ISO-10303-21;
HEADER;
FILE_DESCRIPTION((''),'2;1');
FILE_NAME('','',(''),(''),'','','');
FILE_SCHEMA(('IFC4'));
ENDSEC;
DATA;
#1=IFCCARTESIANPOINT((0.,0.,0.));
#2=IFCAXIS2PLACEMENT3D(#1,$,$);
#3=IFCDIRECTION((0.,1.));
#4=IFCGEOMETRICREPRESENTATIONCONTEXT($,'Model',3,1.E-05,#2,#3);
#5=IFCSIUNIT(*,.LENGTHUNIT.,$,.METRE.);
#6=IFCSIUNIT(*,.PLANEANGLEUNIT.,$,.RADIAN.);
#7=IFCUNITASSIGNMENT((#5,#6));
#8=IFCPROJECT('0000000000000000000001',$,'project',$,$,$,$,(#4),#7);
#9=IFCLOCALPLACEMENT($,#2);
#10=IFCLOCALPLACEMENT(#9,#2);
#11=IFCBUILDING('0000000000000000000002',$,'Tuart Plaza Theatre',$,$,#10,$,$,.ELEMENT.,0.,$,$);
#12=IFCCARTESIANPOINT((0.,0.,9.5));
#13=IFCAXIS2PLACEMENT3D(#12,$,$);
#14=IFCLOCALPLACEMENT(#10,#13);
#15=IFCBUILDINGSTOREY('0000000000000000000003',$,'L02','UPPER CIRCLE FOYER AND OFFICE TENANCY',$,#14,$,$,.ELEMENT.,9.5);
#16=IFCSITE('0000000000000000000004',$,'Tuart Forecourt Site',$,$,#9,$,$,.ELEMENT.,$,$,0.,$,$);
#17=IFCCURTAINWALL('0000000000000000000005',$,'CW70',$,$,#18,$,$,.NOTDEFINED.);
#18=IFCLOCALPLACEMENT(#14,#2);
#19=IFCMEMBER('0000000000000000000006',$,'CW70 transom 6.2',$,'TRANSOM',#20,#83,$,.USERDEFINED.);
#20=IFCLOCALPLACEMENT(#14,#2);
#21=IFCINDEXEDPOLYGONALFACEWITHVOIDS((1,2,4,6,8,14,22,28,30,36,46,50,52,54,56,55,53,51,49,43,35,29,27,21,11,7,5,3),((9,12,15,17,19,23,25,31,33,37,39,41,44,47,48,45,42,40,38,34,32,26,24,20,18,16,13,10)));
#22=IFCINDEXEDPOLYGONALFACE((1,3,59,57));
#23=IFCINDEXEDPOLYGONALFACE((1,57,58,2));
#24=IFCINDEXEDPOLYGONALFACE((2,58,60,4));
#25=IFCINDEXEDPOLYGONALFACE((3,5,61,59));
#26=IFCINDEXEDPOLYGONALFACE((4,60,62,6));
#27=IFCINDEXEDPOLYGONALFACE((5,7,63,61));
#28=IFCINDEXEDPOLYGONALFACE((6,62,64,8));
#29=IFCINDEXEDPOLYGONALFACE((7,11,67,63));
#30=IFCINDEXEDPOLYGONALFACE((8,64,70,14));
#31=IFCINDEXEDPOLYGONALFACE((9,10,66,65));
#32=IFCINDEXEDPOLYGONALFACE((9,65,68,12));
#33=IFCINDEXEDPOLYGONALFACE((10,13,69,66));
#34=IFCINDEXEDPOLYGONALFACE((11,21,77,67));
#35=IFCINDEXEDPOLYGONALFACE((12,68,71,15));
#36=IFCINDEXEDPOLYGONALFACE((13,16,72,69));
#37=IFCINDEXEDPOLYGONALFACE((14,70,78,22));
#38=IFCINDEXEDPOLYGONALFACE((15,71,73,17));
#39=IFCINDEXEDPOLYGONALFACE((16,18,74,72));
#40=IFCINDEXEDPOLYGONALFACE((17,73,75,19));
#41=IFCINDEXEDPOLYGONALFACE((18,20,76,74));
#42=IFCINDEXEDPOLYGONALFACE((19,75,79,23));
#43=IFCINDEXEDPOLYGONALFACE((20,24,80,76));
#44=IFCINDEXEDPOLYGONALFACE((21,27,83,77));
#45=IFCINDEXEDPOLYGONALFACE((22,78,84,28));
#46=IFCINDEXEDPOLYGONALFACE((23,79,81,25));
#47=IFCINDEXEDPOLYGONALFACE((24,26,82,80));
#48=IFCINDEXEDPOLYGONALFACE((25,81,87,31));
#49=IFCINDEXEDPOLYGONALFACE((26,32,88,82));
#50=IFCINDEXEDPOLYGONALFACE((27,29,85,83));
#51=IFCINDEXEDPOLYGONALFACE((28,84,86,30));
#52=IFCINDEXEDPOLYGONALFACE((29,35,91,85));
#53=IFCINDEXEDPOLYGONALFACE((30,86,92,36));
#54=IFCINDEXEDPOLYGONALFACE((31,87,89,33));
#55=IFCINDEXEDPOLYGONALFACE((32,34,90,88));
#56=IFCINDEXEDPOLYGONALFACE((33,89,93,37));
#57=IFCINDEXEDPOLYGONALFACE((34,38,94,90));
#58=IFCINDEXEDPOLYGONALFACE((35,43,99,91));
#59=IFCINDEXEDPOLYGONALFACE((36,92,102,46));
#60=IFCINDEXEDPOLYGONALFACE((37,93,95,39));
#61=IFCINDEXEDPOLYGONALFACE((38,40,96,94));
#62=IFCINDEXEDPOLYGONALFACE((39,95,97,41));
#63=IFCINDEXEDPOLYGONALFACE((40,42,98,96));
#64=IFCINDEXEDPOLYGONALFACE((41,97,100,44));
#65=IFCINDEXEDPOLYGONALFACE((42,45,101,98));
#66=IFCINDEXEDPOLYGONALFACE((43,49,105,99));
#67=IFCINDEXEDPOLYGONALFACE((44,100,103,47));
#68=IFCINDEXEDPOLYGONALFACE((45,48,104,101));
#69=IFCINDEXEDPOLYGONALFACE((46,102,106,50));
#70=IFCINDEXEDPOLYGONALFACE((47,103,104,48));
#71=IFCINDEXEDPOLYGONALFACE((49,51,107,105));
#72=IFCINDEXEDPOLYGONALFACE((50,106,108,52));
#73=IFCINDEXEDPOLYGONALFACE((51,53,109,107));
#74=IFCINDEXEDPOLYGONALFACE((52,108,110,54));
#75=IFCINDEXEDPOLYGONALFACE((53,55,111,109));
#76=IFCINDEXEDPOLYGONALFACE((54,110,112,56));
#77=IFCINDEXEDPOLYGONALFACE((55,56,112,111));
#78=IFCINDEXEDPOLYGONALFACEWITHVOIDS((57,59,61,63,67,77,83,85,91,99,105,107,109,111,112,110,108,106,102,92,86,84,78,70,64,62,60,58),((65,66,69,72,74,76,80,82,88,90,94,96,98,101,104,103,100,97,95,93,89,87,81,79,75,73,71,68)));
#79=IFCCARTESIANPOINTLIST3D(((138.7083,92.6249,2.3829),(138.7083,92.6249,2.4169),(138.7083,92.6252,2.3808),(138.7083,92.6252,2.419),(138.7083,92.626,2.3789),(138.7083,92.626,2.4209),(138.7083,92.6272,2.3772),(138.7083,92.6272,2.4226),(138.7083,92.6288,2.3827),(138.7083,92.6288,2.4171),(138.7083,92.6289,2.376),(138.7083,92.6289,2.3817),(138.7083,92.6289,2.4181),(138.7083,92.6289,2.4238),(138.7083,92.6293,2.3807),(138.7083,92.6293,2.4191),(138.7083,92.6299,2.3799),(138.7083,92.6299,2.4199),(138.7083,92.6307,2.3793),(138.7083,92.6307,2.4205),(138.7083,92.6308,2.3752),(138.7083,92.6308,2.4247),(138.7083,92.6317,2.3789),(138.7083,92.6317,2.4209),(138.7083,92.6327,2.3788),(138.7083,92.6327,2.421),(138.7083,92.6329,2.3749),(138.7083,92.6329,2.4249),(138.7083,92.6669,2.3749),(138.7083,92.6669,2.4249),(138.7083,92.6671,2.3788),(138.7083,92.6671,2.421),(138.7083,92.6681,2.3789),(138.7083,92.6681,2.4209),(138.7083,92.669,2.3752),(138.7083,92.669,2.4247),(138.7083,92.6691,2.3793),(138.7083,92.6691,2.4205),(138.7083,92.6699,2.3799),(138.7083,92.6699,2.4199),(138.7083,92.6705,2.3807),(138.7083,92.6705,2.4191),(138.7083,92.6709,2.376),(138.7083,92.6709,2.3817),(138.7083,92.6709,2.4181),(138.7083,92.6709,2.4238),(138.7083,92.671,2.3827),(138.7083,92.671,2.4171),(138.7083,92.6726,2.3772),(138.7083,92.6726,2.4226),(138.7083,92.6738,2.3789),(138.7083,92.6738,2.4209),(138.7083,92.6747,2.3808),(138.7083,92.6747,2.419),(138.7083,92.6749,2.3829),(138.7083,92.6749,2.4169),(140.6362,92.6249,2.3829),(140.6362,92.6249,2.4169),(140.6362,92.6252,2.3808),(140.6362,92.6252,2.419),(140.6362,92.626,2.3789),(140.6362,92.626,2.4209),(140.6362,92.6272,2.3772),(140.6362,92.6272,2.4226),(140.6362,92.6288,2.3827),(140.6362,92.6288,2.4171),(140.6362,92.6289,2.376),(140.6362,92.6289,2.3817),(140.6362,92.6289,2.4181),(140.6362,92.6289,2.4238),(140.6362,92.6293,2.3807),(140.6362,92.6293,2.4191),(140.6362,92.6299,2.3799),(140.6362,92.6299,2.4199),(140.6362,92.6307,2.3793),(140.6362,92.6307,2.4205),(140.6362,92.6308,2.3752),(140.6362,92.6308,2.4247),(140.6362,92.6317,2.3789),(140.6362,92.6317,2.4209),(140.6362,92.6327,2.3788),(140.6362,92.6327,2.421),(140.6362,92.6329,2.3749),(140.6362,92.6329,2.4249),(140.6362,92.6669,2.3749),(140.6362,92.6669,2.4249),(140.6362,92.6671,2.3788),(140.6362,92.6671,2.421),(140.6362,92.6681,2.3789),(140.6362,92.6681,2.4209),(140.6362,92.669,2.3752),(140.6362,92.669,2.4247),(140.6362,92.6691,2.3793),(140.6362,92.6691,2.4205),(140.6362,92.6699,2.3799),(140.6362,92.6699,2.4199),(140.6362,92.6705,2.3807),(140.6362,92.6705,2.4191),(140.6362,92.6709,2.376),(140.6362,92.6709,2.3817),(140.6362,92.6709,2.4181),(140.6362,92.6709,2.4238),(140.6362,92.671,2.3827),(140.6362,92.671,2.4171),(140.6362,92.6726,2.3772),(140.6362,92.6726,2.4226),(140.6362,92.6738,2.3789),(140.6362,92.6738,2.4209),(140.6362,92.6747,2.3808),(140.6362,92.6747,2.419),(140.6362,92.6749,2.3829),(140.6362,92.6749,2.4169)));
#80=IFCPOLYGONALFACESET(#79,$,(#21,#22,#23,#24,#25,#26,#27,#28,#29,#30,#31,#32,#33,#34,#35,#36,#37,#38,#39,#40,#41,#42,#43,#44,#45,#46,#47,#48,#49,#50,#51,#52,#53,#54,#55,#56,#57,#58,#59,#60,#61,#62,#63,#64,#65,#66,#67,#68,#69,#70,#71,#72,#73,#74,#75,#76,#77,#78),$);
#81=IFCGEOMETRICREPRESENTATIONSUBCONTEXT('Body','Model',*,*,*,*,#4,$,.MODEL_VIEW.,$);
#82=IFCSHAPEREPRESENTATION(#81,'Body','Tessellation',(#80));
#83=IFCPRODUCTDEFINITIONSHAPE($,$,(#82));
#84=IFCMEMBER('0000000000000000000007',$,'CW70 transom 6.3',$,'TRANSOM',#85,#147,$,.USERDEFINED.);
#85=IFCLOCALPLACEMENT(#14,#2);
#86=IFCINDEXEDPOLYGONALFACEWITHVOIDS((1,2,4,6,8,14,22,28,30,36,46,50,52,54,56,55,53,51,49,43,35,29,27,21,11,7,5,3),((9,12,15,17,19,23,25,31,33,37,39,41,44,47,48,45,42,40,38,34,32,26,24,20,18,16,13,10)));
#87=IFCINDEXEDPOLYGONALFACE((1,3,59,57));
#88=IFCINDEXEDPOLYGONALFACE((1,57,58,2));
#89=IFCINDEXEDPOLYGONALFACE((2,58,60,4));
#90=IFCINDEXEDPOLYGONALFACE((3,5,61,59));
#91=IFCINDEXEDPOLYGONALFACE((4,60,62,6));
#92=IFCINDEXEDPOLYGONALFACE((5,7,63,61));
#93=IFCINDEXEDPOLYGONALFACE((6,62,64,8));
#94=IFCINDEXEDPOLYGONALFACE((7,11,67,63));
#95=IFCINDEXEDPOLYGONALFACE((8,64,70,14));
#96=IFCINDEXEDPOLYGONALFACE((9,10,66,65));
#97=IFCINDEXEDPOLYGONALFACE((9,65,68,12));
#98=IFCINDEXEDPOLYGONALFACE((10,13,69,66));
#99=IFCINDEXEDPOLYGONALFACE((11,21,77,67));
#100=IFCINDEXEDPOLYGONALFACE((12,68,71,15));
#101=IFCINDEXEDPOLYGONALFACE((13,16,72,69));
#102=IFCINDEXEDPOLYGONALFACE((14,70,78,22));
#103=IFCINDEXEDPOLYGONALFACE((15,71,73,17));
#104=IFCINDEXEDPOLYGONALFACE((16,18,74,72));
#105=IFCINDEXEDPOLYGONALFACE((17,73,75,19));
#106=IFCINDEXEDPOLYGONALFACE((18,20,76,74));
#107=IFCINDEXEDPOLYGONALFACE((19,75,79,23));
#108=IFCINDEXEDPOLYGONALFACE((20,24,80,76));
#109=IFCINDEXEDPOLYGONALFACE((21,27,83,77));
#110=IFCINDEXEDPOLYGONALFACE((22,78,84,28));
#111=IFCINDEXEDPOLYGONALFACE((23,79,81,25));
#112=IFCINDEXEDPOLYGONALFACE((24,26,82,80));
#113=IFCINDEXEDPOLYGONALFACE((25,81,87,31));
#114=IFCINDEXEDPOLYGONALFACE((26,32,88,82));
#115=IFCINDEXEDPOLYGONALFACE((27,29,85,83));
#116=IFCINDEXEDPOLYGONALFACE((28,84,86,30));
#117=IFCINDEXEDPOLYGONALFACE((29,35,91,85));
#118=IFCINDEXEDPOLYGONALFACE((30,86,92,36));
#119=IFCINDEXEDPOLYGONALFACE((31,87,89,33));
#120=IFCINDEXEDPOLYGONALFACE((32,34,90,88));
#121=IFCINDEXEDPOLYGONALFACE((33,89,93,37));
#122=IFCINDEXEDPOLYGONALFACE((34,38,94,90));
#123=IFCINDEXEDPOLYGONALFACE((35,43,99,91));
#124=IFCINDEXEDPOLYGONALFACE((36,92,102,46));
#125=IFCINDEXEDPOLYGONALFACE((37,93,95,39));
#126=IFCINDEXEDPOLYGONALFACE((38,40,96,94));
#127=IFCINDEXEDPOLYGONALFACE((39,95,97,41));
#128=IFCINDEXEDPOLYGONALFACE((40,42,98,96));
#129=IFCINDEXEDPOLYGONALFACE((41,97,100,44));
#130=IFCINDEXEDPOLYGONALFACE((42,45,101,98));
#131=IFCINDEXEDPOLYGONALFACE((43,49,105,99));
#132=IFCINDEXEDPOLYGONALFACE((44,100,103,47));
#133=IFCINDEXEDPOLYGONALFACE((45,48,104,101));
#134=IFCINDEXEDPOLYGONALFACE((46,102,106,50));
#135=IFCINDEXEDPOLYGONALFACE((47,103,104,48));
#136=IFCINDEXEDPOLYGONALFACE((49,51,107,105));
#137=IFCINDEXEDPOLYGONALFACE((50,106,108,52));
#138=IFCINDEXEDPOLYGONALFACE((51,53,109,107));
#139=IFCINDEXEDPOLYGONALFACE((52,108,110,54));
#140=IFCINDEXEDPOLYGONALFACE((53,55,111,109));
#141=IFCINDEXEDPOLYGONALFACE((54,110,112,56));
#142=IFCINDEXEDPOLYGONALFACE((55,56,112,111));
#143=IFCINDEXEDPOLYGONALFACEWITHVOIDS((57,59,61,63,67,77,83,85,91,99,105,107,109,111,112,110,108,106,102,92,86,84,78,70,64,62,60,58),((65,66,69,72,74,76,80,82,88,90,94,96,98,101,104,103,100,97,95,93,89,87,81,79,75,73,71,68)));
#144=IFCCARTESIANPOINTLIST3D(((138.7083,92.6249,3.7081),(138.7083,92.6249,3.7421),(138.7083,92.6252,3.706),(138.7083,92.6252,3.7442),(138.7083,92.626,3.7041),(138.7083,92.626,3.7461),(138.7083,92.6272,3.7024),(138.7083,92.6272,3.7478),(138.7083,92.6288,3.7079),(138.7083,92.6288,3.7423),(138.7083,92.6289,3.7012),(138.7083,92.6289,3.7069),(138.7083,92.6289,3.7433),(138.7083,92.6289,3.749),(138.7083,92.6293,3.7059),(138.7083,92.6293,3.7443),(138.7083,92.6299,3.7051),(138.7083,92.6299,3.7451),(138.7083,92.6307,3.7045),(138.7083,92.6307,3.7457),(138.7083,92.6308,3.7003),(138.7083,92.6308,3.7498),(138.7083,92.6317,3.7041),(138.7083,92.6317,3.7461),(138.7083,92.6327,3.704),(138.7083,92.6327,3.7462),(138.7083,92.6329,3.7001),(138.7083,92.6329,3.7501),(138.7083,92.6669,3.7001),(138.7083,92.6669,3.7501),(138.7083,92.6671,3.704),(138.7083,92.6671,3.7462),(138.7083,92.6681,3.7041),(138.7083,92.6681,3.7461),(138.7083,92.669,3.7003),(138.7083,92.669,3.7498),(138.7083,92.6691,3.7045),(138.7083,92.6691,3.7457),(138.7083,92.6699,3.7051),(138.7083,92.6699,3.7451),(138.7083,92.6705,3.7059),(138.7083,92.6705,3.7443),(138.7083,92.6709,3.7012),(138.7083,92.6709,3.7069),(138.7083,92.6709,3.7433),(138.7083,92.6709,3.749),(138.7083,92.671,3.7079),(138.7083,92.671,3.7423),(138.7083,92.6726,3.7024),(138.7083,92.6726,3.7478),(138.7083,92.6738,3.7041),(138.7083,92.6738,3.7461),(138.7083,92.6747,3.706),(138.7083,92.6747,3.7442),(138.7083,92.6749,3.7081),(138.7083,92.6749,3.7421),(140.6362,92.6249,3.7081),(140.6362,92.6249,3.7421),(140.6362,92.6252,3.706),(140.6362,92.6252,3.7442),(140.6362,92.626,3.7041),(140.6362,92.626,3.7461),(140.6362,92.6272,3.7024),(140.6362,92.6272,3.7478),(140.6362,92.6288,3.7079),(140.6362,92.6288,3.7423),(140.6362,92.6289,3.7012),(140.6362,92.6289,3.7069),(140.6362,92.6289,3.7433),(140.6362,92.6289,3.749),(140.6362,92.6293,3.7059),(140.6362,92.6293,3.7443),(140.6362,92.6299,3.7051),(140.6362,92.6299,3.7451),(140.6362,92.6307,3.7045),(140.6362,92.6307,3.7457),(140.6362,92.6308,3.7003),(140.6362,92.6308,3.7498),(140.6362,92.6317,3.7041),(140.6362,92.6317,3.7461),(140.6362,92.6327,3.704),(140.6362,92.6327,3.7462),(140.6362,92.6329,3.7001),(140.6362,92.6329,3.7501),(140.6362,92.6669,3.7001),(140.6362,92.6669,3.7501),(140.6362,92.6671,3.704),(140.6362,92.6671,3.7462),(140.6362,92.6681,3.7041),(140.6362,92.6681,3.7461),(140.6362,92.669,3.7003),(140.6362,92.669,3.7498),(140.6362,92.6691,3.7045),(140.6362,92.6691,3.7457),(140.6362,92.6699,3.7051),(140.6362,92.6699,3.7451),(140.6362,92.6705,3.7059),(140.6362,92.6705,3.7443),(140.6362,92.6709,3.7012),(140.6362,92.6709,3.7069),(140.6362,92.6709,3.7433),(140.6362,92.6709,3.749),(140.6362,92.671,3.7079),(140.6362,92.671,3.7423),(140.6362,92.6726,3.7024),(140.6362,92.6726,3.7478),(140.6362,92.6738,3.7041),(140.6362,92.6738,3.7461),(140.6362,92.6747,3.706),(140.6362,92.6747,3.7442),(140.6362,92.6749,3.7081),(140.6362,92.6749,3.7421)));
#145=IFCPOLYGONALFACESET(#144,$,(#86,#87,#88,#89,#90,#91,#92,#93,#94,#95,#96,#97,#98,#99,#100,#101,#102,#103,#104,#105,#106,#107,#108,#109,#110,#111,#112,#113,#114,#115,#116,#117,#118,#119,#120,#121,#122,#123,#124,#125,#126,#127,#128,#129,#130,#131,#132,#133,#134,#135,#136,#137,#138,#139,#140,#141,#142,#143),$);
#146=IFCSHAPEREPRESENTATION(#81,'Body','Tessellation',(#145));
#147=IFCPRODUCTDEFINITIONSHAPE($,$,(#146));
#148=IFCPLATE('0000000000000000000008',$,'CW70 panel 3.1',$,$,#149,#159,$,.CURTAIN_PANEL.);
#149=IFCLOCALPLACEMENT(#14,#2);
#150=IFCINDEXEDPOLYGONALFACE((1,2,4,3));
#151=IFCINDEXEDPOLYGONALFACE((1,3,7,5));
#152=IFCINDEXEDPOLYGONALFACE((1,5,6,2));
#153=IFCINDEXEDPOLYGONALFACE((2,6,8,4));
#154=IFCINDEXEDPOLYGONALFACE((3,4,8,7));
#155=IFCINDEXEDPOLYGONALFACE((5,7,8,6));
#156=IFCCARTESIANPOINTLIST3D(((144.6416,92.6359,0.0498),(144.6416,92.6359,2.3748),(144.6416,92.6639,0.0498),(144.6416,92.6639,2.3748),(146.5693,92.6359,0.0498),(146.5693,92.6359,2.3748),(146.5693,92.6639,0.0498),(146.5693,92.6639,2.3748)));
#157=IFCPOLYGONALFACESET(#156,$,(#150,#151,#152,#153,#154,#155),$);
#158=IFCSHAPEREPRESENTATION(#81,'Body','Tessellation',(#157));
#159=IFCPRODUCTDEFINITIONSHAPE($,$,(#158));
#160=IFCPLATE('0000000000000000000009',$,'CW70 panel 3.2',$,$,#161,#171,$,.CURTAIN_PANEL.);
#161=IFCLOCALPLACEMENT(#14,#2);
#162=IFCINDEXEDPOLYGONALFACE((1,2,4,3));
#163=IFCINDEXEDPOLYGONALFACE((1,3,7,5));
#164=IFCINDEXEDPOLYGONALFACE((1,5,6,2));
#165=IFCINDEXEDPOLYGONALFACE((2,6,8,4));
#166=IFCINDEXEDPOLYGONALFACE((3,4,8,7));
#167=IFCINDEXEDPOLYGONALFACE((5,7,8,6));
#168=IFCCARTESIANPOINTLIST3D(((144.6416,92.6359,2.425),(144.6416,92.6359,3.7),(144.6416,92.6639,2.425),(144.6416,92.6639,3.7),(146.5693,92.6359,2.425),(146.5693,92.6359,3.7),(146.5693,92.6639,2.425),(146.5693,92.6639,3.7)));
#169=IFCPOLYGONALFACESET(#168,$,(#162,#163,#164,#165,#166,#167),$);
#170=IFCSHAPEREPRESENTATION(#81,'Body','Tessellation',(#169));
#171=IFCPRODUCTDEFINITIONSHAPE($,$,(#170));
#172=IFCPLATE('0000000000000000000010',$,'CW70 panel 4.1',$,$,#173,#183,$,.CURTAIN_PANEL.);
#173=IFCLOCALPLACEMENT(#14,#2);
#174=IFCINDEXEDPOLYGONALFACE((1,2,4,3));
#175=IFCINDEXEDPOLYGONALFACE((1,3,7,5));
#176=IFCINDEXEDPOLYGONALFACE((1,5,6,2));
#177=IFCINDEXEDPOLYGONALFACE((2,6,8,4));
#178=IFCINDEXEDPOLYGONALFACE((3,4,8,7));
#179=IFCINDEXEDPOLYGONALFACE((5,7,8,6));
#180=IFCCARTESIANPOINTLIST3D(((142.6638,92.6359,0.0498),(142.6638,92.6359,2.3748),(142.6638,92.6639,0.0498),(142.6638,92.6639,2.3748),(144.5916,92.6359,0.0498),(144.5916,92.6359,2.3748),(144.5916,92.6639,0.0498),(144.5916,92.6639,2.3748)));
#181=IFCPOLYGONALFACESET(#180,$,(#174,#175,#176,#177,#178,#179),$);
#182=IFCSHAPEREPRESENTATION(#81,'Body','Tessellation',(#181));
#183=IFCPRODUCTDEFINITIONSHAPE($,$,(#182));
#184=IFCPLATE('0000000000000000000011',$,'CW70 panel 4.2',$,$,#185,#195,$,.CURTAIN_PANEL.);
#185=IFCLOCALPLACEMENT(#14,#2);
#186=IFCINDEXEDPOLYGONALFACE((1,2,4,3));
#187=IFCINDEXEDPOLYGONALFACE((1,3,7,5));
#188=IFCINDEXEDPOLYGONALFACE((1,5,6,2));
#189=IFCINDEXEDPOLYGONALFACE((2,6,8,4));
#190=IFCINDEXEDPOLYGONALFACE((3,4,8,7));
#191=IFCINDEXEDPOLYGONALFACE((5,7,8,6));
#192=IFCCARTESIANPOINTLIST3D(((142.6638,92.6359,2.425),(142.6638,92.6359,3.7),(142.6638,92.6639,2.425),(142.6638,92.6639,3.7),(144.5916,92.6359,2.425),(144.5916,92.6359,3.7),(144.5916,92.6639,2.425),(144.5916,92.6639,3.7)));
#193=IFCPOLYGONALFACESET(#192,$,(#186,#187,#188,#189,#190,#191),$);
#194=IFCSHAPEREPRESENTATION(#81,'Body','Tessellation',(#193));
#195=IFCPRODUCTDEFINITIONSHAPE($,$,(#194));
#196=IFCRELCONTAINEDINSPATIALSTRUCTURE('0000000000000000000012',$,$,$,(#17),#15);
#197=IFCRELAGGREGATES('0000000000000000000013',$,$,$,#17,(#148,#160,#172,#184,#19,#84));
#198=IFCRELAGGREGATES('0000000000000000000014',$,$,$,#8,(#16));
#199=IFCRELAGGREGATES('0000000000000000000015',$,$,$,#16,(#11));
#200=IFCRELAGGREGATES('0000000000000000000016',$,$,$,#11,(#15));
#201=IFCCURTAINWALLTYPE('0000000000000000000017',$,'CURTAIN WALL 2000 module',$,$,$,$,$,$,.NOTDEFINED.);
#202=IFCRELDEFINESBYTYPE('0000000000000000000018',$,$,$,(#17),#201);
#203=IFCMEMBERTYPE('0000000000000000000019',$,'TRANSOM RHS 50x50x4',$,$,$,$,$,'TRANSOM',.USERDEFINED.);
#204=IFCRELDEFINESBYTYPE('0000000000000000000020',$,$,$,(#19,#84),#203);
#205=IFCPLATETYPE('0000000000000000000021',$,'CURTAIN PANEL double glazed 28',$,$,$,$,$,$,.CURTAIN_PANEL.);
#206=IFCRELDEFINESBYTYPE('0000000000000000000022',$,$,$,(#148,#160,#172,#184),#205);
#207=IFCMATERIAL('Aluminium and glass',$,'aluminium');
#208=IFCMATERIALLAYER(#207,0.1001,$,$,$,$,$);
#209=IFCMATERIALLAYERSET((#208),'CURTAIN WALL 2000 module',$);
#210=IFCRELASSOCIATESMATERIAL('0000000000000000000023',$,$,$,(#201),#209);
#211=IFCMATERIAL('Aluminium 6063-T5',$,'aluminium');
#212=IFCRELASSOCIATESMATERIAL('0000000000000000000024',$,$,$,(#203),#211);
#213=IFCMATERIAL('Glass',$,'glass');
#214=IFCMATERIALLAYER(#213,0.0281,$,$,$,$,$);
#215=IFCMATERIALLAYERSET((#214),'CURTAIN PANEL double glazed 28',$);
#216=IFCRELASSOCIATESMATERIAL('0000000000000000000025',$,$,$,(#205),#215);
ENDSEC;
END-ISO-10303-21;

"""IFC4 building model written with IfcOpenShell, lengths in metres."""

from ifc_helpers import new_model, si_unit, direction, frame, origin, origin_2d, place, context, subcontext, project, spatial, rectangle, hollow_rectangle, extrude, material, layer, layer_set, material_profile, profile_set, type_object, element, aggregate, save


model = new_model("IFC4")

# Units and contexts
model_context = context("Model", 3, precision=1e-05, world=origin(), true_north=direction((0.0, 1.0)))
body_context = subcontext(model_context, "Body", "Model", "MODEL_VIEW")
ifc_project = project(units=[si_unit("LENGTHUNIT", "METRE"), si_unit("PLANEANGLEUNIT", "RADIAN")], contexts=[model_context])

# Site, building, storey
site_placement = place(None, origin())
site = spatial("IfcSite", under=ifc_project, at=site_placement, Name="Tuart Forecourt Site", CompositionType="ELEMENT", RefElevation=0.0)
building_placement = place(site_placement, origin())
building = spatial("IfcBuilding", under=site, at=building_placement, Name="Tuart Plaza Theatre", CompositionType="ELEMENT", ElevationOfRefHeight=0.0)
storey_placement = place(building_placement, frame((0.0, 0.0, 9.5)))
storey = spatial("IfcBuildingStorey", under=building, at=storey_placement, Name="L02", Description="UPPER CIRCLE FOYER AND OFFICE TENANCY", CompositionType="ELEMENT", Elevation=9.5)

# Curtain wall, members, plates
ifc_material_1 = material(Name="Aluminium and glass", Category="aluminium")
ifc_layer_1 = layer(ifc_material_1, 0.1001)
ifc_layer_set_1 = layer_set([ifc_layer_1], Name="CURTAIN WALL 2000 module")
curtain_wall_type = type_object("IfcCurtainWallType", Name="CURTAIN WALL 2000 module", PredefinedType="NOTDEFINED", material=ifc_layer_set_1)
curtain_wall_placement = place(storey_placement, origin())
curtain_wall = element("IfcCurtainWall", 1, at=curtain_wall_placement, inside=storey, type_object=curtain_wall_type, Name="CW70", PredefinedType="NOTDEFINED")
ifc_material_2 = material(Name="Aluminium 6063-T5", Category="aluminium")
ifc_material_profile_1 = material_profile(ifc_material_2, hollow_rectangle(XDim=0.05, YDim=0.05, WallThickness=0.0039, InnerFilletRadius=0.0039, OuterFilletRadius=0.0081, at=origin_2d()), Name="RHS 50x50x4")
ifc_profile_set_1 = profile_set([ifc_material_profile_1], Name="Aluminium 6063-T5")
member_type_1 = type_object("IfcMemberType", Name="TRANSOM RHS 50x50x4", ElementType="TRANSOM", PredefinedType="USERDEFINED", material=ifc_profile_set_1)
member_1_placement = place(storey_placement, frame((140.6362, 92.6499, 2.3999), z_axis=(-1.0, 0.0, 0.0), x_axis=(0.0, -1.0, 0.0)))
member_1 = element("IfcMember", 2, at=member_1_placement, type_object=member_type_1, Name="CW70 transom 6.2", ObjectType="TRANSOM", PredefinedType="USERDEFINED", context=body_context, shape_type="SweptSolid", body=[
    extrude(hollow_rectangle(XDim=0.05, YDim=0.05, WallThickness=0.0039, InnerFilletRadius=0.0039, OuterFilletRadius=0.0081, at=origin_2d()), origin(), (0.0, 0.0, 1.0), 1.928),
])
member_2_placement = place(storey_placement, frame((140.6362, 92.6499, 3.7251), z_axis=(-1.0, 0.0, 0.0), x_axis=(0.0, -1.0, 0.0)))
member_2 = element("IfcMember", 3, at=member_2_placement, type_object=member_type_1, Name="CW70 transom 6.3", ObjectType="TRANSOM", PredefinedType="USERDEFINED", context=body_context, shape_type="SweptSolid", body=[
    extrude(hollow_rectangle(XDim=0.05, YDim=0.05, WallThickness=0.0039, InnerFilletRadius=0.0039, OuterFilletRadius=0.0081, at=origin_2d()), origin(), (0.0, 0.0, 1.0), 1.928),
])
ifc_material_3 = material(Name="Glass", Category="glass")
ifc_layer_2 = layer(ifc_material_3, 0.0281)
ifc_layer_set_2 = layer_set([ifc_layer_2], Name="CURTAIN PANEL double glazed 28")
plate_type = type_object("IfcPlateType", Name="CURTAIN PANEL double glazed 28", PredefinedType="CURTAIN_PANEL", material=ifc_layer_set_2)
plate_1_placement = place(storey_placement, frame((145.6055, 92.6499, 0.0498), z_axis=(0.0, 0.0, 1.0), x_axis=(-1.0, 0.0, 0.0)))
plate_1 = element("IfcPlate", 4, at=plate_1_placement, type_object=plate_type, Name="CW70 panel 3.1", PredefinedType="CURTAIN_PANEL", context=body_context, shape_type="SweptSolid", body=[
    extrude(rectangle(XDim=1.9277, YDim=0.0281, at=origin_2d()), origin(), (0.0, 0.0, 1.0), 2.325),
])
plate_2_placement = place(storey_placement, frame((145.6055, 92.6499, 2.425), z_axis=(0.0, 0.0, 1.0), x_axis=(-1.0, 0.0, 0.0)))
plate_2 = element("IfcPlate", 5, at=plate_2_placement, type_object=plate_type, Name="CW70 panel 3.2", PredefinedType="CURTAIN_PANEL", context=body_context, shape_type="SweptSolid", body=[
    extrude(rectangle(XDim=1.9277, YDim=0.0281, at=origin_2d()), origin(), (0.0, 0.0, 1.0), 1.2749),
])
plate_3_placement = place(storey_placement, frame((143.6277, 92.6499, 0.0498), z_axis=(0.0, 0.0, 1.0), x_axis=(-1.0, 0.0, 0.0)))
plate_3 = element("IfcPlate", 6, at=plate_3_placement, type_object=plate_type, Name="CW70 panel 4.1", PredefinedType="CURTAIN_PANEL", context=body_context, shape_type="SweptSolid", body=[
    extrude(rectangle(XDim=1.9277, YDim=0.0281, at=origin_2d()), origin(), (0.0, 0.0, 1.0), 2.325),
])
plate_4_placement = place(storey_placement, frame((143.6277, 92.6499, 2.425), z_axis=(0.0, 0.0, 1.0), x_axis=(-1.0, 0.0, 0.0)))
plate_4 = element("IfcPlate", 7, at=plate_4_placement, type_object=plate_type, Name="CW70 panel 4.2", PredefinedType="CURTAIN_PANEL", context=body_context, shape_type="SweptSolid", body=[
    extrude(rectangle(XDim=1.9277, YDim=0.0281, at=origin_2d()), origin(), (0.0, 0.0, 1.0), 1.2749),
])
aggregate(curtain_wall, [plate_1, plate_2, plate_3, plate_4, member_1, member_2])

save(model, "model.ifc")
